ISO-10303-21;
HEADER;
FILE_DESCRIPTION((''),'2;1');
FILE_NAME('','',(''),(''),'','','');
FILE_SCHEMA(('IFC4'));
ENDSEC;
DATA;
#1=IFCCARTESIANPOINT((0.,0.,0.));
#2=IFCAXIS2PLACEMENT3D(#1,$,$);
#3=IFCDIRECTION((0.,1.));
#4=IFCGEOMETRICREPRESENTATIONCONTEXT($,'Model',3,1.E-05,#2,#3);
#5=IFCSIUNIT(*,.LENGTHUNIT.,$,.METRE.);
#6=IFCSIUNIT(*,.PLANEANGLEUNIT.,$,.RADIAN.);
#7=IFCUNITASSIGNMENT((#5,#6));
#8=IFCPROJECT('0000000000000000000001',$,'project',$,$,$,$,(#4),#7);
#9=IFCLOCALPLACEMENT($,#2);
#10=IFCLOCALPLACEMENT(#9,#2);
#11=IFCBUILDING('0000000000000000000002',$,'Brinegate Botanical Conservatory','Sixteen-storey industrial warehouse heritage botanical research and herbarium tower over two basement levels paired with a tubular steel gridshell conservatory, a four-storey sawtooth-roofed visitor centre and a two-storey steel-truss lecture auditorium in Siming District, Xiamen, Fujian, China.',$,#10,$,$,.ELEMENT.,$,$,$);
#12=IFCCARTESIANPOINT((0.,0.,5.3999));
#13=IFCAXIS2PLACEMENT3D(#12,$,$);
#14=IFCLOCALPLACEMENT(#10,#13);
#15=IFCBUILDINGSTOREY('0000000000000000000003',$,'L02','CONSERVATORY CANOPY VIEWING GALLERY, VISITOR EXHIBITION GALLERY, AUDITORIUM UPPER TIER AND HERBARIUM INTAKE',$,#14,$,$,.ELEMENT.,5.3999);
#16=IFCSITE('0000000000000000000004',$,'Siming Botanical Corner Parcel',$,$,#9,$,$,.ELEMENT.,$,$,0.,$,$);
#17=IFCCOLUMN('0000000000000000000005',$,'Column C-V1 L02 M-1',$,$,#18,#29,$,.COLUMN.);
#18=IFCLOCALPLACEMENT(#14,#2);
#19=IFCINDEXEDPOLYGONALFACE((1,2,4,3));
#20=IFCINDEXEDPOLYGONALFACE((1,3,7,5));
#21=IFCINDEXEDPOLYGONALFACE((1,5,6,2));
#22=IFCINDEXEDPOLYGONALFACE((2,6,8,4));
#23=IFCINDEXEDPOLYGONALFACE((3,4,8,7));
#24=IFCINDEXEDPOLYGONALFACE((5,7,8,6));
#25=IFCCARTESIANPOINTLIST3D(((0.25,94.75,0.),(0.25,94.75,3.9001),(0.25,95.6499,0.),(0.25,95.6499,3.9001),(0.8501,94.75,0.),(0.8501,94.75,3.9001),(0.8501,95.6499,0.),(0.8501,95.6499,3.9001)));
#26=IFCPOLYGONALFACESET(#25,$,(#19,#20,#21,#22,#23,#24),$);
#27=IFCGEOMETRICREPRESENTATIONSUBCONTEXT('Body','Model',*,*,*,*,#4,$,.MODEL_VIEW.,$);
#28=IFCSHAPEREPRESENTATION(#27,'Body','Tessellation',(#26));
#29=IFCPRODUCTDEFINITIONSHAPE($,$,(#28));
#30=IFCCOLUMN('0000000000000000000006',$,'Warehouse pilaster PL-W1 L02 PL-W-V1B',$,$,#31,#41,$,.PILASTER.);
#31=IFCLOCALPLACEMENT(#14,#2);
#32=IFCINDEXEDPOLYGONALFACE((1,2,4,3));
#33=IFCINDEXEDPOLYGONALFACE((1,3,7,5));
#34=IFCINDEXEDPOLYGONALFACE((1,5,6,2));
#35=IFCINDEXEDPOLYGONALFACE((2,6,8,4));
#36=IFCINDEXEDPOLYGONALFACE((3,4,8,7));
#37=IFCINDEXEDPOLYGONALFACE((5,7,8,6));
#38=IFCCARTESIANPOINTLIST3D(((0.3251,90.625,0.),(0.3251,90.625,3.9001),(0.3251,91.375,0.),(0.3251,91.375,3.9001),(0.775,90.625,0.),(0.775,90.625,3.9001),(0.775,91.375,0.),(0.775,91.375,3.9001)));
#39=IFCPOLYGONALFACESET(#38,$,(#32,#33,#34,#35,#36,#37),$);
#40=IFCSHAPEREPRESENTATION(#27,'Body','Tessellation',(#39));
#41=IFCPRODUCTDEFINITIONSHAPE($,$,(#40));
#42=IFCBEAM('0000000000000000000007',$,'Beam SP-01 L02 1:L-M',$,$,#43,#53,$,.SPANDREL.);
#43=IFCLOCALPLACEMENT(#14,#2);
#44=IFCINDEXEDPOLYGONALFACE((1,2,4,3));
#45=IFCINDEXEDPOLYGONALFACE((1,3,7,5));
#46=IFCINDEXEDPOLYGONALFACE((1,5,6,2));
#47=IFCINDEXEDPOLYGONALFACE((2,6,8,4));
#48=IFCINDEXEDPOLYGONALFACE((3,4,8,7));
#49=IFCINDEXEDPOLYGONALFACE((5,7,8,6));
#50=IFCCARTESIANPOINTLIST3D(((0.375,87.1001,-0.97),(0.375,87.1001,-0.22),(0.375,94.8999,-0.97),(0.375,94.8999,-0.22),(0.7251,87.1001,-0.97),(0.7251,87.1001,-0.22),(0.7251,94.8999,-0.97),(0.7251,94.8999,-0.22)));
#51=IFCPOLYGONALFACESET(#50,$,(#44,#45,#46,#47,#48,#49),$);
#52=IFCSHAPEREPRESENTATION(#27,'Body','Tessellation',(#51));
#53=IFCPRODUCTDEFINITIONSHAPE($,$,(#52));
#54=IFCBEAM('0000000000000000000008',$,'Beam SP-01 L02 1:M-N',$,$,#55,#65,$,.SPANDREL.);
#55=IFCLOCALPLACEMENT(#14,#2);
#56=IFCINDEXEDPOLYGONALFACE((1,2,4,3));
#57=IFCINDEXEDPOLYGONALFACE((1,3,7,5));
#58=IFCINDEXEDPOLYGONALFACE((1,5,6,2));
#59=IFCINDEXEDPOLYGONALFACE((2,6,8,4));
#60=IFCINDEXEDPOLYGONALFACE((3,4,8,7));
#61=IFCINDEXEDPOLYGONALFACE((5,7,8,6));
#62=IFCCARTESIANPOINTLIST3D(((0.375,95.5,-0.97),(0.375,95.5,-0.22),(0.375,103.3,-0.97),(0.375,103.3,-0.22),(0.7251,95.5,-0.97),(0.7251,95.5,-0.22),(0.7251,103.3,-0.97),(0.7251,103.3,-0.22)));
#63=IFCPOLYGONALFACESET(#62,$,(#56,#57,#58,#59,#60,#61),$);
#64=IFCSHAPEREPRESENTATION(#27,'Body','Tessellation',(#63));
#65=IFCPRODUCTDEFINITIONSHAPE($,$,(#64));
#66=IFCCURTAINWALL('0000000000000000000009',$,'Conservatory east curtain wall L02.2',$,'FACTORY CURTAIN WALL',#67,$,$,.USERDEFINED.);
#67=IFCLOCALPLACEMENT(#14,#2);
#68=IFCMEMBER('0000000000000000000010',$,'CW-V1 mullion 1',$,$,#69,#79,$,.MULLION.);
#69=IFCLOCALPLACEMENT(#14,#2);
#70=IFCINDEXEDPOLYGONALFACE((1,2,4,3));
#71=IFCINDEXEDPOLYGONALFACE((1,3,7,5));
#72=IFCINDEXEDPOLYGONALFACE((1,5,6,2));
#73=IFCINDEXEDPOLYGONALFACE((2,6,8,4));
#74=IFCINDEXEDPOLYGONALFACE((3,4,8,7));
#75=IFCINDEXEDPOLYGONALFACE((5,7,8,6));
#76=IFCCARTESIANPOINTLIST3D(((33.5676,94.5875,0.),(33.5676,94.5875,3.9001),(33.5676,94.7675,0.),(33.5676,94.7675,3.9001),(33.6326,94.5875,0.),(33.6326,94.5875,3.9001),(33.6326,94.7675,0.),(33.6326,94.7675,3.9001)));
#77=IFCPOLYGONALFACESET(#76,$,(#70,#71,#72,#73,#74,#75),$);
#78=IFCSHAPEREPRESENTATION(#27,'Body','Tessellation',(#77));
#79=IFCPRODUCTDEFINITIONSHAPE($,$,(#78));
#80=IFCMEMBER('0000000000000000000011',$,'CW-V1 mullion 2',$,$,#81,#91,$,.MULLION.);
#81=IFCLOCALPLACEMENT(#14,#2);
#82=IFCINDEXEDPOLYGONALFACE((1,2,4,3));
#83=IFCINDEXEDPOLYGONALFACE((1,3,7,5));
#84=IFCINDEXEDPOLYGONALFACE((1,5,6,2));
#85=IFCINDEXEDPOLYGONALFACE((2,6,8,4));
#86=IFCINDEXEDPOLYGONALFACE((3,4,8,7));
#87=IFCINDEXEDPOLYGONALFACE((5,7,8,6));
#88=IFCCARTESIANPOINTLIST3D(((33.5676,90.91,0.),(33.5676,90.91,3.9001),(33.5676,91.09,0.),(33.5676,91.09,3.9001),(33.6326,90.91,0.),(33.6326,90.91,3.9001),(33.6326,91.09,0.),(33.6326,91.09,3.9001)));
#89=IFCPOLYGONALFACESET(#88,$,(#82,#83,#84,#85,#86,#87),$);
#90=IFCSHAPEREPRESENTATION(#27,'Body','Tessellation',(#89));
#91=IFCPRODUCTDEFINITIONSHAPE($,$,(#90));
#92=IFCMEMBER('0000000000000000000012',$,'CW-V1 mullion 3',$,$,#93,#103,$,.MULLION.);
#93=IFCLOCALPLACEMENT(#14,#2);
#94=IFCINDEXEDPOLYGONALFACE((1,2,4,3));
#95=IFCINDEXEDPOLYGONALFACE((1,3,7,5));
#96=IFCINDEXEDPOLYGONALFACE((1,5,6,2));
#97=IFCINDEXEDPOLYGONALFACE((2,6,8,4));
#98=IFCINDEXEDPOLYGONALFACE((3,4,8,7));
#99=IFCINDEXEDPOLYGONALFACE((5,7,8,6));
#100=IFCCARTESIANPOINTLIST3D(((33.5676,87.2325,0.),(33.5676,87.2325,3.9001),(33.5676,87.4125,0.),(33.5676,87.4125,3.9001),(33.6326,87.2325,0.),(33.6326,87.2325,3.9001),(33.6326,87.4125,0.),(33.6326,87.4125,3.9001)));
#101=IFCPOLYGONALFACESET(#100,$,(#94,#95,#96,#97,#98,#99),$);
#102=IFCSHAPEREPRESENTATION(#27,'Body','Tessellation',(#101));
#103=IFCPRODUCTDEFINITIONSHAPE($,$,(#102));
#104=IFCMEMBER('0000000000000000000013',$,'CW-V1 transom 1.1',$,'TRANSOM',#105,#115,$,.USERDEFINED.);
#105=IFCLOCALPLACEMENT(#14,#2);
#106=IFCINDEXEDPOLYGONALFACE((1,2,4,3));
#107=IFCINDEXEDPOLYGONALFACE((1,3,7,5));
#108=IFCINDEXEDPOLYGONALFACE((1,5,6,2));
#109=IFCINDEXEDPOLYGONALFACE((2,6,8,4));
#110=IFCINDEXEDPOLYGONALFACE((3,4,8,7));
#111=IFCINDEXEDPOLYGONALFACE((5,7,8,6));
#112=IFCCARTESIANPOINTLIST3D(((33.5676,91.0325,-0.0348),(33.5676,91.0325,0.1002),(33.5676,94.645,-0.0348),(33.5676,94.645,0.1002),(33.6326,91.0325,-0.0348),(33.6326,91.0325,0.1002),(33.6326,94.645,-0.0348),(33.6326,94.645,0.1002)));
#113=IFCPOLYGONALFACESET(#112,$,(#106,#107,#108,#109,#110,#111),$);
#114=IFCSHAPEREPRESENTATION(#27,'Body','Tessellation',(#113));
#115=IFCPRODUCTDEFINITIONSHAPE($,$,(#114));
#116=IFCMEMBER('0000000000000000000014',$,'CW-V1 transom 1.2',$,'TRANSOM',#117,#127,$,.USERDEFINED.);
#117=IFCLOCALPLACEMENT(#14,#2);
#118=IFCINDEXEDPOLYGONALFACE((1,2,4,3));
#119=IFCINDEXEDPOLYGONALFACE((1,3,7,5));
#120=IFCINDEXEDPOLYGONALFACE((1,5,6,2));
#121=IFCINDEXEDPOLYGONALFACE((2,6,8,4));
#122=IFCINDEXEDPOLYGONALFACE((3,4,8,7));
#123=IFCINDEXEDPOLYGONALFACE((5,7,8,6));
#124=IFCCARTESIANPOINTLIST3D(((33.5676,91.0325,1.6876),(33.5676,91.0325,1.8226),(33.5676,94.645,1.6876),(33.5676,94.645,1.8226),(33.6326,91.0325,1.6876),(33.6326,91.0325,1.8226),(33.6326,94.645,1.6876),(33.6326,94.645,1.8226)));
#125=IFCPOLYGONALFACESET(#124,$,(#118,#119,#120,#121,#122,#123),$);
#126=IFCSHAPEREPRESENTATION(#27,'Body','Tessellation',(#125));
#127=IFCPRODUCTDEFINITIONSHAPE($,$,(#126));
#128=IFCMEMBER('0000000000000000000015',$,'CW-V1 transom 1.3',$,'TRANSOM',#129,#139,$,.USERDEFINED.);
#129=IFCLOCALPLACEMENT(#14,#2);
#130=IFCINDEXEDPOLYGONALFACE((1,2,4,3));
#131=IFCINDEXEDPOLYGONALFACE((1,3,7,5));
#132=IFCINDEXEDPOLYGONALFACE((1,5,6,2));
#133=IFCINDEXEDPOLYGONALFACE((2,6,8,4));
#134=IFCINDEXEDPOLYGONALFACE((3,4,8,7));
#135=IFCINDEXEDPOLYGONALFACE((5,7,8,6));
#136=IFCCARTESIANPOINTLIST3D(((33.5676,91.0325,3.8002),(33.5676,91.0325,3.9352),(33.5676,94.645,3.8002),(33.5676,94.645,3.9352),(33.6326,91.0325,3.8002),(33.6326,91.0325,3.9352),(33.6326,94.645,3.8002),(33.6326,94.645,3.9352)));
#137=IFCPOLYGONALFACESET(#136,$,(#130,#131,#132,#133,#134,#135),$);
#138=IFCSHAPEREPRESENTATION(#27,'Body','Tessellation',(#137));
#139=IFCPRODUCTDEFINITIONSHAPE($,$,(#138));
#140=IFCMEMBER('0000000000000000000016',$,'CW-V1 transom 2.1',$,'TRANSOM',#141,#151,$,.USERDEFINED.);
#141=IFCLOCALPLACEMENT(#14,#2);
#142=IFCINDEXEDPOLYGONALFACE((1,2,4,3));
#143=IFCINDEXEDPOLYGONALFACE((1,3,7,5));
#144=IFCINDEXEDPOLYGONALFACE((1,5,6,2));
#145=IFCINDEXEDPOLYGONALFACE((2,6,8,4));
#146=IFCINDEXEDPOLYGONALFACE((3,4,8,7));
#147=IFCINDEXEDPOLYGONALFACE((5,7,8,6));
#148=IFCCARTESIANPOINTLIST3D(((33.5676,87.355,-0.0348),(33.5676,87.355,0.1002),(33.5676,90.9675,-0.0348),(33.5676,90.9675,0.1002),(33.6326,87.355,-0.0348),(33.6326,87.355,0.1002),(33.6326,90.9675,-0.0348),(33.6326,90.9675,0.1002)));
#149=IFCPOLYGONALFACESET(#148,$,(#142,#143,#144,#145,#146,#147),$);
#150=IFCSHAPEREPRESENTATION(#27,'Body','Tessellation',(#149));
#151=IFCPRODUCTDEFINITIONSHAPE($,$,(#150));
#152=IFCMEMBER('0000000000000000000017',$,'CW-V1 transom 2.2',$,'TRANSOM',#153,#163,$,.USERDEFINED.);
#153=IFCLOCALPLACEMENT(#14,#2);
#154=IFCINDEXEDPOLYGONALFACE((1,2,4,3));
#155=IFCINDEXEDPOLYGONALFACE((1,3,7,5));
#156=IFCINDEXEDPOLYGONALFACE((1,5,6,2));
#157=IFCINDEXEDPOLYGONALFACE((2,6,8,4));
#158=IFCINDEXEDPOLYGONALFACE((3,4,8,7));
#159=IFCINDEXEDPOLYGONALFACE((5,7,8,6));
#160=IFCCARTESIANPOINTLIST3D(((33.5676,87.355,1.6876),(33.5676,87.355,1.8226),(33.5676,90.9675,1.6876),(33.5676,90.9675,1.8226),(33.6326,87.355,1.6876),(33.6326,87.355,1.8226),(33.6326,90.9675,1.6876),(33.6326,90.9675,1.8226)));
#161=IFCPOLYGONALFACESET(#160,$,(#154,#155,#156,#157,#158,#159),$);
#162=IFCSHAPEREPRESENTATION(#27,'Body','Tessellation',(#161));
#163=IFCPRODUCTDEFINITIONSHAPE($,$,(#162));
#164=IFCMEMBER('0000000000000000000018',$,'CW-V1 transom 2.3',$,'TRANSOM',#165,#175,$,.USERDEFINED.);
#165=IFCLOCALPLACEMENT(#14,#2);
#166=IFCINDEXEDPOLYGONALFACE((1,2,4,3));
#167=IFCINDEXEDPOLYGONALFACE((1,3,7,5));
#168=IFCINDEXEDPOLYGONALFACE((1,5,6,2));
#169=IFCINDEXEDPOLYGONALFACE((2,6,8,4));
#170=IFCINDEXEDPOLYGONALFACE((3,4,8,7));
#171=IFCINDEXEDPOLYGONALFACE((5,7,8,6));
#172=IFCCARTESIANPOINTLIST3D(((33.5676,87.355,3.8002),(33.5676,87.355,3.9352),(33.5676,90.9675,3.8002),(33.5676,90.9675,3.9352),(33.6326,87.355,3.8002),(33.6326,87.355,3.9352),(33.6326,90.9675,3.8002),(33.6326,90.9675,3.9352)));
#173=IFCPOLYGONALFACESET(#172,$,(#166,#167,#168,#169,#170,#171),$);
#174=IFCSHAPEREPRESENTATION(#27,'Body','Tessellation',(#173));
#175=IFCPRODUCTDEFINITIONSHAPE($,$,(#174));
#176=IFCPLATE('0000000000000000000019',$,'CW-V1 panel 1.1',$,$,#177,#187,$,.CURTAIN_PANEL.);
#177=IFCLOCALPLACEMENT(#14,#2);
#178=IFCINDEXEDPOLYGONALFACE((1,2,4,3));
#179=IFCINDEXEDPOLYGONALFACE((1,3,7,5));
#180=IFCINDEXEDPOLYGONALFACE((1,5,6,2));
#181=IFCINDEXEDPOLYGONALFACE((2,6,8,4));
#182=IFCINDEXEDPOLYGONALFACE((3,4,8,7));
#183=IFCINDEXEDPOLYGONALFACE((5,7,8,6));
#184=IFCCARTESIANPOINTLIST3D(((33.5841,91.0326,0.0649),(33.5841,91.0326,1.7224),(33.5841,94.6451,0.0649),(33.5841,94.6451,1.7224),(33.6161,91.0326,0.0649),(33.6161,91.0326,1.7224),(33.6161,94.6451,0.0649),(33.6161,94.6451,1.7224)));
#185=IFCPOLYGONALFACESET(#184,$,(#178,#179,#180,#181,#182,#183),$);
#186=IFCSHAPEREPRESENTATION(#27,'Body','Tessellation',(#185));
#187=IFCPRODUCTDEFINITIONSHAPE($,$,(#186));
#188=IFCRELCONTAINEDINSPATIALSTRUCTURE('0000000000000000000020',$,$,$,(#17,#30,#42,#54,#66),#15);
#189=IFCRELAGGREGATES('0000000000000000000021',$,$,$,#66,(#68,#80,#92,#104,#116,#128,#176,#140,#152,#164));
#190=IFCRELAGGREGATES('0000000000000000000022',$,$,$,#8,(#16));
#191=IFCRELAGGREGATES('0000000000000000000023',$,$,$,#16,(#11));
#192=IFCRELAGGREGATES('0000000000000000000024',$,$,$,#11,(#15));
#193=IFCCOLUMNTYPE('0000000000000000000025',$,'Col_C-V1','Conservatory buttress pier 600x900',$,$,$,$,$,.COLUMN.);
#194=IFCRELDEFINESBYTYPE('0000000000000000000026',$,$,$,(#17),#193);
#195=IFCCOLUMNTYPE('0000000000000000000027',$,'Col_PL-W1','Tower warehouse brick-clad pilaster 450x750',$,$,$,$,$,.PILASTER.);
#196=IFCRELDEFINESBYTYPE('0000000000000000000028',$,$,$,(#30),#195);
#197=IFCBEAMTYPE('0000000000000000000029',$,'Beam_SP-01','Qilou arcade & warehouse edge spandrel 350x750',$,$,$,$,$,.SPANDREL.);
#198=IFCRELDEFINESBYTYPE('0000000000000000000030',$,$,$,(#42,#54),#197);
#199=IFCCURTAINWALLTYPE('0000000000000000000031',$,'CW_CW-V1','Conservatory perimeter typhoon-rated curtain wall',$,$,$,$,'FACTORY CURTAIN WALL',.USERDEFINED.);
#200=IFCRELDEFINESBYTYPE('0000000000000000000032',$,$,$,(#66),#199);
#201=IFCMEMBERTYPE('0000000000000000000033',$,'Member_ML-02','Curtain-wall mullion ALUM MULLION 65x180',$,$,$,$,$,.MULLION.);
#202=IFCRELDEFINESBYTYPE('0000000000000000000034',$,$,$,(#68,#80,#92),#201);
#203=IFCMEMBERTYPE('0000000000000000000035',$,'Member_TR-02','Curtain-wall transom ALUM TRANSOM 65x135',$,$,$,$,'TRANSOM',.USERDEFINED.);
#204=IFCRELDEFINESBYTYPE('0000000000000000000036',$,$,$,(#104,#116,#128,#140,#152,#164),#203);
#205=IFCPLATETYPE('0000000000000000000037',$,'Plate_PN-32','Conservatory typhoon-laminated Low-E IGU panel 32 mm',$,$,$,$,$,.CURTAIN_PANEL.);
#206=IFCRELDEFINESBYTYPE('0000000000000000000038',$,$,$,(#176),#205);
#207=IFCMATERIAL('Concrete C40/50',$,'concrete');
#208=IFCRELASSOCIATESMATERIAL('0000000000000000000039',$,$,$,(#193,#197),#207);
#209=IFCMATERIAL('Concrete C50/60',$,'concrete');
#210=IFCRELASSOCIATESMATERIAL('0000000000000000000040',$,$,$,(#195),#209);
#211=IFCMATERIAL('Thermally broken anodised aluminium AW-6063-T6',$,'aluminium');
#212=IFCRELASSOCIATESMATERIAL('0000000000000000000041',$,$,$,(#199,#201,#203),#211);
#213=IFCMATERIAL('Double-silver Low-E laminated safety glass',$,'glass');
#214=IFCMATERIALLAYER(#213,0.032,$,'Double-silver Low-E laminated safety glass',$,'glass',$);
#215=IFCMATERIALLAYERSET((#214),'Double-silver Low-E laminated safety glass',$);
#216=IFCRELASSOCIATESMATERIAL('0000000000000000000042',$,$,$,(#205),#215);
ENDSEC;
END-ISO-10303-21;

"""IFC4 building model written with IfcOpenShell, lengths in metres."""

from ifc_helpers import new_model, si_unit, direction, frame, origin, origin_2d, place, context, subcontext, project, spatial, rectangle, extrude, material, layer, layer_set, material_profile, profile_set, type_object, element, aggregate, save


model = new_model("IFC4")

# Units and contexts
model_context = context("Model", 3, precision=1e-05, world=origin(), true_north=direction((0.0, 1.0)))
body_context = subcontext(model_context, "Body", "Model", "MODEL_VIEW")
ifc_project = project(units=[si_unit("LENGTHUNIT", "METRE"), si_unit("PLANEANGLEUNIT", "RADIAN")], contexts=[model_context])

# Site, building, storey
site_placement = place(None, origin())
site = spatial("IfcSite", under=ifc_project, at=site_placement, Name="Siming Botanical Corner Parcel", CompositionType="ELEMENT", RefElevation=0.0)
building_placement = place(site_placement, origin())
building = spatial("IfcBuilding", under=site, at=building_placement, Name="Brinegate Botanical Conservatory", Description="Sixteen-storey industrial warehouse heritage botanical research and herbarium tower over two basement levels paired with a tubular steel gridshell conservatory, a four-storey sawtooth-roofed visitor centre and a two-storey steel-truss lecture auditorium in Siming District, Xiamen, Fujian, China.", CompositionType="ELEMENT")
storey_placement = place(building_placement, frame((0.0, 0.0, 5.3999)))
storey = spatial("IfcBuildingStorey", under=building, at=storey_placement, Name="L02", Description="CONSERVATORY CANOPY VIEWING GALLERY, VISITOR EXHIBITION GALLERY, AUDITORIUM UPPER TIER AND HERBARIUM INTAKE", CompositionType="ELEMENT", Elevation=5.3999)

# Columns
ifc_material_1 = material(Name="Concrete C40/50", Category="concrete")
ifc_material_profile_1 = material_profile(ifc_material_1, rectangle(XDim=0.6001, YDim=0.8999, at=origin_2d()), Name="RC PIER 600x900")
ifc_profile_set_1 = profile_set([ifc_material_profile_1], Name="Concrete C40/50")
column_type_1 = type_object("IfcColumnType", Name="Col_C-V1", Description="Conservatory buttress pier 600x900", PredefinedType="COLUMN", material=ifc_profile_set_1)
column_1_placement = place(storey_placement, frame((0.55, 95.2, 0.0), z_axis=(0.0, 0.0, 1.0), x_axis=(1.0, 0.0, 0.0)))
element("IfcColumn", 1, at=column_1_placement, inside=storey, type_object=column_type_1, Name="Column C-V1 L02 M-1", PredefinedType="COLUMN", context=body_context, shape_type="SweptSolid", body=[
    extrude(rectangle(XDim=0.6001, YDim=0.8999, at=origin_2d()), origin(), (0.0, 0.0, 1.0), 3.9001),
])
ifc_material_2 = material(Name="Concrete C50/60", Category="concrete")
ifc_material_profile_2 = material_profile(ifc_material_2, rectangle(XDim=0.45, YDim=0.75, at=origin_2d()), Name="RC PILASTER 450x750")
ifc_profile_set_2 = profile_set([ifc_material_profile_2], Name="Concrete C50/60")
column_type_2 = type_object("IfcColumnType", Name="Col_PL-W1", Description="Tower warehouse brick-clad pilaster 450x750", PredefinedType="PILASTER", material=ifc_profile_set_2)
column_2_placement = place(storey_placement, frame((0.55, 91.0, 0.0), z_axis=(0.0, 0.0, 1.0), x_axis=(1.0, 0.0, 0.0)))
element("IfcColumn", 2, at=column_2_placement, inside=storey, type_object=column_type_2, Name="Warehouse pilaster PL-W1 L02 PL-W-V1B", PredefinedType="PILASTER", context=body_context, shape_type="SweptSolid", body=[
    extrude(rectangle(XDim=0.45, YDim=0.75, at=origin_2d()), origin(), (0.0, 0.0, 1.0), 3.9001),
])

# Beams
ifc_material_profile_3 = material_profile(ifc_material_1, rectangle(XDim=0.3501, YDim=0.75, at=origin_2d()), Name="RC SPN 350x750")
ifc_profile_set_3 = profile_set([ifc_material_profile_3], Name="Concrete C40/50")
beam_type = type_object("IfcBeamType", Name="Beam_SP-01", Description="Qilou arcade & warehouse edge spandrel 350x750", PredefinedType="SPANDREL", material=ifc_profile_set_3)
beam_1_placement = place(storey_placement, frame((0.55, 87.1001, -0.595), z_axis=(0.0, 1.0, 0.0), x_axis=(-1.0, 0.0, 0.0)))
element("IfcBeam", 3, at=beam_1_placement, inside=storey, type_object=beam_type, Name="Beam SP-01 L02 1:L-M", PredefinedType="SPANDREL", context=body_context, shape_type="SweptSolid", body=[
    extrude(rectangle(XDim=0.3501, YDim=0.75, at=origin_2d()), origin(), (0.0, 0.0, 1.0), 7.7998),
])
beam_2_placement = place(storey_placement, frame((0.55, 95.5, -0.595), z_axis=(0.0, 1.0, 0.0), x_axis=(-1.0, 0.0, 0.0)))
element("IfcBeam", 4, at=beam_2_placement, inside=storey, type_object=beam_type, Name="Beam SP-01 L02 1:M-N", PredefinedType="SPANDREL", context=body_context, shape_type="SweptSolid", body=[
    extrude(rectangle(XDim=0.3501, YDim=0.75, at=origin_2d()), origin(), (0.0, 0.0, 1.0), 7.8),
])

# Curtain wall, members, plate
ifc_material_3 = material(Name="Thermally broken anodised aluminium AW-6063-T6", Category="aluminium")
curtain_wall_type = type_object("IfcCurtainWallType", Name="CW_CW-V1", Description="Conservatory perimeter typhoon-rated curtain wall", ElementType="FACTORY CURTAIN WALL", PredefinedType="USERDEFINED", material=ifc_material_3)
curtain_wall_placement = place(storey_placement, origin())
curtain_wall = element("IfcCurtainWall", 5, at=curtain_wall_placement, inside=storey, type_object=curtain_wall_type, Name="Conservatory east curtain wall L02.2", ObjectType="FACTORY CURTAIN WALL", PredefinedType="USERDEFINED")
ifc_material_profile_4 = material_profile(ifc_material_3, rectangle(XDim=0.0649, YDim=0.1799, at=origin_2d()), Name="ALUM MULLION 65x180")
ifc_profile_set_4 = profile_set([ifc_material_profile_4], Name="Thermally broken anodised aluminium AW-6063-T6")
member_type_1 = type_object("IfcMemberType", Name="Member_ML-02", Description="Curtain-wall mullion ALUM MULLION 65x180", PredefinedType="MULLION", material=ifc_profile_set_4)
member_1_placement = place(storey_placement, frame((33.6001, 94.6775, 0.0), z_axis=(0.0, 0.0, 1.0), x_axis=(1.0, 0.0, 0.0)))
member_1 = element("IfcMember", 6, at=member_1_placement, type_object=member_type_1, Name="CW-V1 mullion 1", PredefinedType="MULLION", context=body_context, shape_type="SweptSolid", body=[
    extrude(rectangle(XDim=0.0649, YDim=0.1799, at=origin_2d()), origin(), (0.0, 0.0, 1.0), 3.9001),
])
member_2_placement = place(storey_placement, frame((33.6001, 91.0, 0.0), z_axis=(0.0, 0.0, 1.0), x_axis=(1.0, 0.0, 0.0)))
member_2 = element("IfcMember", 7, at=member_2_placement, type_object=member_type_1, Name="CW-V1 mullion 2", PredefinedType="MULLION", context=body_context, shape_type="SweptSolid", body=[
    extrude(rectangle(XDim=0.0649, YDim=0.1799, at=origin_2d()), origin(), (0.0, 0.0, 1.0), 3.9001),
])
member_3_placement = place(storey_placement, frame((33.6001, 87.3225, 0.0), z_axis=(0.0, 0.0, 1.0), x_axis=(1.0, 0.0, 0.0)))
member_3 = element("IfcMember", 8, at=member_3_placement, type_object=member_type_1, Name="CW-V1 mullion 3", PredefinedType="MULLION", context=body_context, shape_type="SweptSolid", body=[
    extrude(rectangle(XDim=0.0649, YDim=0.1799, at=origin_2d()), origin(), (0.0, 0.0, 1.0), 3.9001),
])
ifc_material_profile_5 = material_profile(ifc_material_3, rectangle(XDim=0.0649, YDim=0.135, at=origin_2d()), Name="ALUM TRANSOM 65x135")
ifc_profile_set_5 = profile_set([ifc_material_profile_5], Name="Thermally broken anodised aluminium AW-6063-T6")
member_type_2 = type_object("IfcMemberType", Name="Member_TR-02", Description="Curtain-wall transom ALUM TRANSOM 65x135", ElementType="TRANSOM", PredefinedType="USERDEFINED", material=ifc_profile_set_5)
member_4_placement = place(storey_placement, frame((33.6001, 94.645, 0.0327), z_axis=(0.0, -1.0, 0.0), x_axis=(1.0, 0.0, 0.0)))
member_4 = element("IfcMember", 9, at=member_4_placement, type_object=member_type_2, Name="CW-V1 transom 1.1", ObjectType="TRANSOM", PredefinedType="USERDEFINED", context=body_context, shape_type="SweptSolid", body=[
    extrude(rectangle(XDim=0.0649, YDim=0.135, at=origin_2d()), origin(), (0.0, 0.0, 1.0), 3.6125),
])
member_5_placement = place(storey_placement, frame((33.6001, 94.645, 1.7551), z_axis=(0.0, -1.0, 0.0), x_axis=(1.0, 0.0, 0.0)))
member_5 = element("IfcMember", 10, at=member_5_placement, type_object=member_type_2, Name="CW-V1 transom 1.2", ObjectType="TRANSOM", PredefinedType="USERDEFINED", context=body_context, shape_type="SweptSolid", body=[
    extrude(rectangle(XDim=0.0649, YDim=0.135, at=origin_2d()), origin(), (0.0, 0.0, 1.0), 3.6125),
])
member_6_placement = place(storey_placement, frame((33.6001, 94.645, 3.8677), z_axis=(0.0, -1.0, 0.0), x_axis=(1.0, 0.0, 0.0)))
member_6 = element("IfcMember", 11, at=member_6_placement, type_object=member_type_2, Name="CW-V1 transom 1.3", ObjectType="TRANSOM", PredefinedType="USERDEFINED", context=body_context, shape_type="SweptSolid", body=[
    extrude(rectangle(XDim=0.0649, YDim=0.135, at=origin_2d()), origin(), (0.0, 0.0, 1.0), 3.6125),
])
member_7_placement = place(storey_placement, frame((33.6001, 90.9675, 0.0327), z_axis=(0.0, -1.0, 0.0), x_axis=(1.0, 0.0, 0.0)))
member_7 = element("IfcMember", 12, at=member_7_placement, type_object=member_type_2, Name="CW-V1 transom 2.1", ObjectType="TRANSOM", PredefinedType="USERDEFINED", context=body_context, shape_type="SweptSolid", body=[
    extrude(rectangle(XDim=0.0649, YDim=0.135, at=origin_2d()), origin(), (0.0, 0.0, 1.0), 3.6125),
])
member_8_placement = place(storey_placement, frame((33.6001, 90.9675, 1.7551), z_axis=(0.0, -1.0, 0.0), x_axis=(1.0, 0.0, 0.0)))
member_8 = element("IfcMember", 13, at=member_8_placement, type_object=member_type_2, Name="CW-V1 transom 2.2", ObjectType="TRANSOM", PredefinedType="USERDEFINED", context=body_context, shape_type="SweptSolid", body=[
    extrude(rectangle(XDim=0.0649, YDim=0.135, at=origin_2d()), origin(), (0.0, 0.0, 1.0), 3.6125),
])
member_9_placement = place(storey_placement, frame((33.6001, 90.9675, 3.8677), z_axis=(0.0, -1.0, 0.0), x_axis=(1.0, 0.0, 0.0)))
member_9 = element("IfcMember", 14, at=member_9_placement, type_object=member_type_2, Name="CW-V1 transom 2.3", ObjectType="TRANSOM", PredefinedType="USERDEFINED", context=body_context, shape_type="SweptSolid", body=[
    extrude(rectangle(XDim=0.0649, YDim=0.135, at=origin_2d()), origin(), (0.0, 0.0, 1.0), 3.6125),
])
ifc_material_4 = material(Name="Double-silver Low-E laminated safety glass", Category="glass")
ifc_layer_1 = layer(ifc_material_4, 0.032, Name="Double-silver Low-E laminated safety glass", Category="glass")
ifc_layer_set_1 = layer_set([ifc_layer_1], Name="Double-silver Low-E laminated safety glass")
plate_type = type_object("IfcPlateType", Name="Plate_PN-32", Description="Conservatory typhoon-laminated Low-E IGU panel 32 mm", PredefinedType="CURTAIN_PANEL", material=ifc_layer_set_1)
plate_1_placement = place(storey_placement, frame((33.6001, 92.8389, 0.0649), z_axis=(0.0, 0.0, 1.0), x_axis=(0.0, -1.0, 0.0)))
plate_1 = element("IfcPlate", 15, at=plate_1_placement, type_object=plate_type, Name="CW-V1 panel 1.1", PredefinedType="CURTAIN_PANEL", context=body_context, shape_type="SweptSolid", body=[
    extrude(rectangle(XDim=3.6125, YDim=0.032, at=origin_2d()), origin(), (0.0, 0.0, 1.0), 1.6575),
])
aggregate(curtain_wall, [member_1, member_2, member_3, member_4, member_5, member_6, plate_1, member_7, member_8, member_9])

save(model, "model.ifc")
